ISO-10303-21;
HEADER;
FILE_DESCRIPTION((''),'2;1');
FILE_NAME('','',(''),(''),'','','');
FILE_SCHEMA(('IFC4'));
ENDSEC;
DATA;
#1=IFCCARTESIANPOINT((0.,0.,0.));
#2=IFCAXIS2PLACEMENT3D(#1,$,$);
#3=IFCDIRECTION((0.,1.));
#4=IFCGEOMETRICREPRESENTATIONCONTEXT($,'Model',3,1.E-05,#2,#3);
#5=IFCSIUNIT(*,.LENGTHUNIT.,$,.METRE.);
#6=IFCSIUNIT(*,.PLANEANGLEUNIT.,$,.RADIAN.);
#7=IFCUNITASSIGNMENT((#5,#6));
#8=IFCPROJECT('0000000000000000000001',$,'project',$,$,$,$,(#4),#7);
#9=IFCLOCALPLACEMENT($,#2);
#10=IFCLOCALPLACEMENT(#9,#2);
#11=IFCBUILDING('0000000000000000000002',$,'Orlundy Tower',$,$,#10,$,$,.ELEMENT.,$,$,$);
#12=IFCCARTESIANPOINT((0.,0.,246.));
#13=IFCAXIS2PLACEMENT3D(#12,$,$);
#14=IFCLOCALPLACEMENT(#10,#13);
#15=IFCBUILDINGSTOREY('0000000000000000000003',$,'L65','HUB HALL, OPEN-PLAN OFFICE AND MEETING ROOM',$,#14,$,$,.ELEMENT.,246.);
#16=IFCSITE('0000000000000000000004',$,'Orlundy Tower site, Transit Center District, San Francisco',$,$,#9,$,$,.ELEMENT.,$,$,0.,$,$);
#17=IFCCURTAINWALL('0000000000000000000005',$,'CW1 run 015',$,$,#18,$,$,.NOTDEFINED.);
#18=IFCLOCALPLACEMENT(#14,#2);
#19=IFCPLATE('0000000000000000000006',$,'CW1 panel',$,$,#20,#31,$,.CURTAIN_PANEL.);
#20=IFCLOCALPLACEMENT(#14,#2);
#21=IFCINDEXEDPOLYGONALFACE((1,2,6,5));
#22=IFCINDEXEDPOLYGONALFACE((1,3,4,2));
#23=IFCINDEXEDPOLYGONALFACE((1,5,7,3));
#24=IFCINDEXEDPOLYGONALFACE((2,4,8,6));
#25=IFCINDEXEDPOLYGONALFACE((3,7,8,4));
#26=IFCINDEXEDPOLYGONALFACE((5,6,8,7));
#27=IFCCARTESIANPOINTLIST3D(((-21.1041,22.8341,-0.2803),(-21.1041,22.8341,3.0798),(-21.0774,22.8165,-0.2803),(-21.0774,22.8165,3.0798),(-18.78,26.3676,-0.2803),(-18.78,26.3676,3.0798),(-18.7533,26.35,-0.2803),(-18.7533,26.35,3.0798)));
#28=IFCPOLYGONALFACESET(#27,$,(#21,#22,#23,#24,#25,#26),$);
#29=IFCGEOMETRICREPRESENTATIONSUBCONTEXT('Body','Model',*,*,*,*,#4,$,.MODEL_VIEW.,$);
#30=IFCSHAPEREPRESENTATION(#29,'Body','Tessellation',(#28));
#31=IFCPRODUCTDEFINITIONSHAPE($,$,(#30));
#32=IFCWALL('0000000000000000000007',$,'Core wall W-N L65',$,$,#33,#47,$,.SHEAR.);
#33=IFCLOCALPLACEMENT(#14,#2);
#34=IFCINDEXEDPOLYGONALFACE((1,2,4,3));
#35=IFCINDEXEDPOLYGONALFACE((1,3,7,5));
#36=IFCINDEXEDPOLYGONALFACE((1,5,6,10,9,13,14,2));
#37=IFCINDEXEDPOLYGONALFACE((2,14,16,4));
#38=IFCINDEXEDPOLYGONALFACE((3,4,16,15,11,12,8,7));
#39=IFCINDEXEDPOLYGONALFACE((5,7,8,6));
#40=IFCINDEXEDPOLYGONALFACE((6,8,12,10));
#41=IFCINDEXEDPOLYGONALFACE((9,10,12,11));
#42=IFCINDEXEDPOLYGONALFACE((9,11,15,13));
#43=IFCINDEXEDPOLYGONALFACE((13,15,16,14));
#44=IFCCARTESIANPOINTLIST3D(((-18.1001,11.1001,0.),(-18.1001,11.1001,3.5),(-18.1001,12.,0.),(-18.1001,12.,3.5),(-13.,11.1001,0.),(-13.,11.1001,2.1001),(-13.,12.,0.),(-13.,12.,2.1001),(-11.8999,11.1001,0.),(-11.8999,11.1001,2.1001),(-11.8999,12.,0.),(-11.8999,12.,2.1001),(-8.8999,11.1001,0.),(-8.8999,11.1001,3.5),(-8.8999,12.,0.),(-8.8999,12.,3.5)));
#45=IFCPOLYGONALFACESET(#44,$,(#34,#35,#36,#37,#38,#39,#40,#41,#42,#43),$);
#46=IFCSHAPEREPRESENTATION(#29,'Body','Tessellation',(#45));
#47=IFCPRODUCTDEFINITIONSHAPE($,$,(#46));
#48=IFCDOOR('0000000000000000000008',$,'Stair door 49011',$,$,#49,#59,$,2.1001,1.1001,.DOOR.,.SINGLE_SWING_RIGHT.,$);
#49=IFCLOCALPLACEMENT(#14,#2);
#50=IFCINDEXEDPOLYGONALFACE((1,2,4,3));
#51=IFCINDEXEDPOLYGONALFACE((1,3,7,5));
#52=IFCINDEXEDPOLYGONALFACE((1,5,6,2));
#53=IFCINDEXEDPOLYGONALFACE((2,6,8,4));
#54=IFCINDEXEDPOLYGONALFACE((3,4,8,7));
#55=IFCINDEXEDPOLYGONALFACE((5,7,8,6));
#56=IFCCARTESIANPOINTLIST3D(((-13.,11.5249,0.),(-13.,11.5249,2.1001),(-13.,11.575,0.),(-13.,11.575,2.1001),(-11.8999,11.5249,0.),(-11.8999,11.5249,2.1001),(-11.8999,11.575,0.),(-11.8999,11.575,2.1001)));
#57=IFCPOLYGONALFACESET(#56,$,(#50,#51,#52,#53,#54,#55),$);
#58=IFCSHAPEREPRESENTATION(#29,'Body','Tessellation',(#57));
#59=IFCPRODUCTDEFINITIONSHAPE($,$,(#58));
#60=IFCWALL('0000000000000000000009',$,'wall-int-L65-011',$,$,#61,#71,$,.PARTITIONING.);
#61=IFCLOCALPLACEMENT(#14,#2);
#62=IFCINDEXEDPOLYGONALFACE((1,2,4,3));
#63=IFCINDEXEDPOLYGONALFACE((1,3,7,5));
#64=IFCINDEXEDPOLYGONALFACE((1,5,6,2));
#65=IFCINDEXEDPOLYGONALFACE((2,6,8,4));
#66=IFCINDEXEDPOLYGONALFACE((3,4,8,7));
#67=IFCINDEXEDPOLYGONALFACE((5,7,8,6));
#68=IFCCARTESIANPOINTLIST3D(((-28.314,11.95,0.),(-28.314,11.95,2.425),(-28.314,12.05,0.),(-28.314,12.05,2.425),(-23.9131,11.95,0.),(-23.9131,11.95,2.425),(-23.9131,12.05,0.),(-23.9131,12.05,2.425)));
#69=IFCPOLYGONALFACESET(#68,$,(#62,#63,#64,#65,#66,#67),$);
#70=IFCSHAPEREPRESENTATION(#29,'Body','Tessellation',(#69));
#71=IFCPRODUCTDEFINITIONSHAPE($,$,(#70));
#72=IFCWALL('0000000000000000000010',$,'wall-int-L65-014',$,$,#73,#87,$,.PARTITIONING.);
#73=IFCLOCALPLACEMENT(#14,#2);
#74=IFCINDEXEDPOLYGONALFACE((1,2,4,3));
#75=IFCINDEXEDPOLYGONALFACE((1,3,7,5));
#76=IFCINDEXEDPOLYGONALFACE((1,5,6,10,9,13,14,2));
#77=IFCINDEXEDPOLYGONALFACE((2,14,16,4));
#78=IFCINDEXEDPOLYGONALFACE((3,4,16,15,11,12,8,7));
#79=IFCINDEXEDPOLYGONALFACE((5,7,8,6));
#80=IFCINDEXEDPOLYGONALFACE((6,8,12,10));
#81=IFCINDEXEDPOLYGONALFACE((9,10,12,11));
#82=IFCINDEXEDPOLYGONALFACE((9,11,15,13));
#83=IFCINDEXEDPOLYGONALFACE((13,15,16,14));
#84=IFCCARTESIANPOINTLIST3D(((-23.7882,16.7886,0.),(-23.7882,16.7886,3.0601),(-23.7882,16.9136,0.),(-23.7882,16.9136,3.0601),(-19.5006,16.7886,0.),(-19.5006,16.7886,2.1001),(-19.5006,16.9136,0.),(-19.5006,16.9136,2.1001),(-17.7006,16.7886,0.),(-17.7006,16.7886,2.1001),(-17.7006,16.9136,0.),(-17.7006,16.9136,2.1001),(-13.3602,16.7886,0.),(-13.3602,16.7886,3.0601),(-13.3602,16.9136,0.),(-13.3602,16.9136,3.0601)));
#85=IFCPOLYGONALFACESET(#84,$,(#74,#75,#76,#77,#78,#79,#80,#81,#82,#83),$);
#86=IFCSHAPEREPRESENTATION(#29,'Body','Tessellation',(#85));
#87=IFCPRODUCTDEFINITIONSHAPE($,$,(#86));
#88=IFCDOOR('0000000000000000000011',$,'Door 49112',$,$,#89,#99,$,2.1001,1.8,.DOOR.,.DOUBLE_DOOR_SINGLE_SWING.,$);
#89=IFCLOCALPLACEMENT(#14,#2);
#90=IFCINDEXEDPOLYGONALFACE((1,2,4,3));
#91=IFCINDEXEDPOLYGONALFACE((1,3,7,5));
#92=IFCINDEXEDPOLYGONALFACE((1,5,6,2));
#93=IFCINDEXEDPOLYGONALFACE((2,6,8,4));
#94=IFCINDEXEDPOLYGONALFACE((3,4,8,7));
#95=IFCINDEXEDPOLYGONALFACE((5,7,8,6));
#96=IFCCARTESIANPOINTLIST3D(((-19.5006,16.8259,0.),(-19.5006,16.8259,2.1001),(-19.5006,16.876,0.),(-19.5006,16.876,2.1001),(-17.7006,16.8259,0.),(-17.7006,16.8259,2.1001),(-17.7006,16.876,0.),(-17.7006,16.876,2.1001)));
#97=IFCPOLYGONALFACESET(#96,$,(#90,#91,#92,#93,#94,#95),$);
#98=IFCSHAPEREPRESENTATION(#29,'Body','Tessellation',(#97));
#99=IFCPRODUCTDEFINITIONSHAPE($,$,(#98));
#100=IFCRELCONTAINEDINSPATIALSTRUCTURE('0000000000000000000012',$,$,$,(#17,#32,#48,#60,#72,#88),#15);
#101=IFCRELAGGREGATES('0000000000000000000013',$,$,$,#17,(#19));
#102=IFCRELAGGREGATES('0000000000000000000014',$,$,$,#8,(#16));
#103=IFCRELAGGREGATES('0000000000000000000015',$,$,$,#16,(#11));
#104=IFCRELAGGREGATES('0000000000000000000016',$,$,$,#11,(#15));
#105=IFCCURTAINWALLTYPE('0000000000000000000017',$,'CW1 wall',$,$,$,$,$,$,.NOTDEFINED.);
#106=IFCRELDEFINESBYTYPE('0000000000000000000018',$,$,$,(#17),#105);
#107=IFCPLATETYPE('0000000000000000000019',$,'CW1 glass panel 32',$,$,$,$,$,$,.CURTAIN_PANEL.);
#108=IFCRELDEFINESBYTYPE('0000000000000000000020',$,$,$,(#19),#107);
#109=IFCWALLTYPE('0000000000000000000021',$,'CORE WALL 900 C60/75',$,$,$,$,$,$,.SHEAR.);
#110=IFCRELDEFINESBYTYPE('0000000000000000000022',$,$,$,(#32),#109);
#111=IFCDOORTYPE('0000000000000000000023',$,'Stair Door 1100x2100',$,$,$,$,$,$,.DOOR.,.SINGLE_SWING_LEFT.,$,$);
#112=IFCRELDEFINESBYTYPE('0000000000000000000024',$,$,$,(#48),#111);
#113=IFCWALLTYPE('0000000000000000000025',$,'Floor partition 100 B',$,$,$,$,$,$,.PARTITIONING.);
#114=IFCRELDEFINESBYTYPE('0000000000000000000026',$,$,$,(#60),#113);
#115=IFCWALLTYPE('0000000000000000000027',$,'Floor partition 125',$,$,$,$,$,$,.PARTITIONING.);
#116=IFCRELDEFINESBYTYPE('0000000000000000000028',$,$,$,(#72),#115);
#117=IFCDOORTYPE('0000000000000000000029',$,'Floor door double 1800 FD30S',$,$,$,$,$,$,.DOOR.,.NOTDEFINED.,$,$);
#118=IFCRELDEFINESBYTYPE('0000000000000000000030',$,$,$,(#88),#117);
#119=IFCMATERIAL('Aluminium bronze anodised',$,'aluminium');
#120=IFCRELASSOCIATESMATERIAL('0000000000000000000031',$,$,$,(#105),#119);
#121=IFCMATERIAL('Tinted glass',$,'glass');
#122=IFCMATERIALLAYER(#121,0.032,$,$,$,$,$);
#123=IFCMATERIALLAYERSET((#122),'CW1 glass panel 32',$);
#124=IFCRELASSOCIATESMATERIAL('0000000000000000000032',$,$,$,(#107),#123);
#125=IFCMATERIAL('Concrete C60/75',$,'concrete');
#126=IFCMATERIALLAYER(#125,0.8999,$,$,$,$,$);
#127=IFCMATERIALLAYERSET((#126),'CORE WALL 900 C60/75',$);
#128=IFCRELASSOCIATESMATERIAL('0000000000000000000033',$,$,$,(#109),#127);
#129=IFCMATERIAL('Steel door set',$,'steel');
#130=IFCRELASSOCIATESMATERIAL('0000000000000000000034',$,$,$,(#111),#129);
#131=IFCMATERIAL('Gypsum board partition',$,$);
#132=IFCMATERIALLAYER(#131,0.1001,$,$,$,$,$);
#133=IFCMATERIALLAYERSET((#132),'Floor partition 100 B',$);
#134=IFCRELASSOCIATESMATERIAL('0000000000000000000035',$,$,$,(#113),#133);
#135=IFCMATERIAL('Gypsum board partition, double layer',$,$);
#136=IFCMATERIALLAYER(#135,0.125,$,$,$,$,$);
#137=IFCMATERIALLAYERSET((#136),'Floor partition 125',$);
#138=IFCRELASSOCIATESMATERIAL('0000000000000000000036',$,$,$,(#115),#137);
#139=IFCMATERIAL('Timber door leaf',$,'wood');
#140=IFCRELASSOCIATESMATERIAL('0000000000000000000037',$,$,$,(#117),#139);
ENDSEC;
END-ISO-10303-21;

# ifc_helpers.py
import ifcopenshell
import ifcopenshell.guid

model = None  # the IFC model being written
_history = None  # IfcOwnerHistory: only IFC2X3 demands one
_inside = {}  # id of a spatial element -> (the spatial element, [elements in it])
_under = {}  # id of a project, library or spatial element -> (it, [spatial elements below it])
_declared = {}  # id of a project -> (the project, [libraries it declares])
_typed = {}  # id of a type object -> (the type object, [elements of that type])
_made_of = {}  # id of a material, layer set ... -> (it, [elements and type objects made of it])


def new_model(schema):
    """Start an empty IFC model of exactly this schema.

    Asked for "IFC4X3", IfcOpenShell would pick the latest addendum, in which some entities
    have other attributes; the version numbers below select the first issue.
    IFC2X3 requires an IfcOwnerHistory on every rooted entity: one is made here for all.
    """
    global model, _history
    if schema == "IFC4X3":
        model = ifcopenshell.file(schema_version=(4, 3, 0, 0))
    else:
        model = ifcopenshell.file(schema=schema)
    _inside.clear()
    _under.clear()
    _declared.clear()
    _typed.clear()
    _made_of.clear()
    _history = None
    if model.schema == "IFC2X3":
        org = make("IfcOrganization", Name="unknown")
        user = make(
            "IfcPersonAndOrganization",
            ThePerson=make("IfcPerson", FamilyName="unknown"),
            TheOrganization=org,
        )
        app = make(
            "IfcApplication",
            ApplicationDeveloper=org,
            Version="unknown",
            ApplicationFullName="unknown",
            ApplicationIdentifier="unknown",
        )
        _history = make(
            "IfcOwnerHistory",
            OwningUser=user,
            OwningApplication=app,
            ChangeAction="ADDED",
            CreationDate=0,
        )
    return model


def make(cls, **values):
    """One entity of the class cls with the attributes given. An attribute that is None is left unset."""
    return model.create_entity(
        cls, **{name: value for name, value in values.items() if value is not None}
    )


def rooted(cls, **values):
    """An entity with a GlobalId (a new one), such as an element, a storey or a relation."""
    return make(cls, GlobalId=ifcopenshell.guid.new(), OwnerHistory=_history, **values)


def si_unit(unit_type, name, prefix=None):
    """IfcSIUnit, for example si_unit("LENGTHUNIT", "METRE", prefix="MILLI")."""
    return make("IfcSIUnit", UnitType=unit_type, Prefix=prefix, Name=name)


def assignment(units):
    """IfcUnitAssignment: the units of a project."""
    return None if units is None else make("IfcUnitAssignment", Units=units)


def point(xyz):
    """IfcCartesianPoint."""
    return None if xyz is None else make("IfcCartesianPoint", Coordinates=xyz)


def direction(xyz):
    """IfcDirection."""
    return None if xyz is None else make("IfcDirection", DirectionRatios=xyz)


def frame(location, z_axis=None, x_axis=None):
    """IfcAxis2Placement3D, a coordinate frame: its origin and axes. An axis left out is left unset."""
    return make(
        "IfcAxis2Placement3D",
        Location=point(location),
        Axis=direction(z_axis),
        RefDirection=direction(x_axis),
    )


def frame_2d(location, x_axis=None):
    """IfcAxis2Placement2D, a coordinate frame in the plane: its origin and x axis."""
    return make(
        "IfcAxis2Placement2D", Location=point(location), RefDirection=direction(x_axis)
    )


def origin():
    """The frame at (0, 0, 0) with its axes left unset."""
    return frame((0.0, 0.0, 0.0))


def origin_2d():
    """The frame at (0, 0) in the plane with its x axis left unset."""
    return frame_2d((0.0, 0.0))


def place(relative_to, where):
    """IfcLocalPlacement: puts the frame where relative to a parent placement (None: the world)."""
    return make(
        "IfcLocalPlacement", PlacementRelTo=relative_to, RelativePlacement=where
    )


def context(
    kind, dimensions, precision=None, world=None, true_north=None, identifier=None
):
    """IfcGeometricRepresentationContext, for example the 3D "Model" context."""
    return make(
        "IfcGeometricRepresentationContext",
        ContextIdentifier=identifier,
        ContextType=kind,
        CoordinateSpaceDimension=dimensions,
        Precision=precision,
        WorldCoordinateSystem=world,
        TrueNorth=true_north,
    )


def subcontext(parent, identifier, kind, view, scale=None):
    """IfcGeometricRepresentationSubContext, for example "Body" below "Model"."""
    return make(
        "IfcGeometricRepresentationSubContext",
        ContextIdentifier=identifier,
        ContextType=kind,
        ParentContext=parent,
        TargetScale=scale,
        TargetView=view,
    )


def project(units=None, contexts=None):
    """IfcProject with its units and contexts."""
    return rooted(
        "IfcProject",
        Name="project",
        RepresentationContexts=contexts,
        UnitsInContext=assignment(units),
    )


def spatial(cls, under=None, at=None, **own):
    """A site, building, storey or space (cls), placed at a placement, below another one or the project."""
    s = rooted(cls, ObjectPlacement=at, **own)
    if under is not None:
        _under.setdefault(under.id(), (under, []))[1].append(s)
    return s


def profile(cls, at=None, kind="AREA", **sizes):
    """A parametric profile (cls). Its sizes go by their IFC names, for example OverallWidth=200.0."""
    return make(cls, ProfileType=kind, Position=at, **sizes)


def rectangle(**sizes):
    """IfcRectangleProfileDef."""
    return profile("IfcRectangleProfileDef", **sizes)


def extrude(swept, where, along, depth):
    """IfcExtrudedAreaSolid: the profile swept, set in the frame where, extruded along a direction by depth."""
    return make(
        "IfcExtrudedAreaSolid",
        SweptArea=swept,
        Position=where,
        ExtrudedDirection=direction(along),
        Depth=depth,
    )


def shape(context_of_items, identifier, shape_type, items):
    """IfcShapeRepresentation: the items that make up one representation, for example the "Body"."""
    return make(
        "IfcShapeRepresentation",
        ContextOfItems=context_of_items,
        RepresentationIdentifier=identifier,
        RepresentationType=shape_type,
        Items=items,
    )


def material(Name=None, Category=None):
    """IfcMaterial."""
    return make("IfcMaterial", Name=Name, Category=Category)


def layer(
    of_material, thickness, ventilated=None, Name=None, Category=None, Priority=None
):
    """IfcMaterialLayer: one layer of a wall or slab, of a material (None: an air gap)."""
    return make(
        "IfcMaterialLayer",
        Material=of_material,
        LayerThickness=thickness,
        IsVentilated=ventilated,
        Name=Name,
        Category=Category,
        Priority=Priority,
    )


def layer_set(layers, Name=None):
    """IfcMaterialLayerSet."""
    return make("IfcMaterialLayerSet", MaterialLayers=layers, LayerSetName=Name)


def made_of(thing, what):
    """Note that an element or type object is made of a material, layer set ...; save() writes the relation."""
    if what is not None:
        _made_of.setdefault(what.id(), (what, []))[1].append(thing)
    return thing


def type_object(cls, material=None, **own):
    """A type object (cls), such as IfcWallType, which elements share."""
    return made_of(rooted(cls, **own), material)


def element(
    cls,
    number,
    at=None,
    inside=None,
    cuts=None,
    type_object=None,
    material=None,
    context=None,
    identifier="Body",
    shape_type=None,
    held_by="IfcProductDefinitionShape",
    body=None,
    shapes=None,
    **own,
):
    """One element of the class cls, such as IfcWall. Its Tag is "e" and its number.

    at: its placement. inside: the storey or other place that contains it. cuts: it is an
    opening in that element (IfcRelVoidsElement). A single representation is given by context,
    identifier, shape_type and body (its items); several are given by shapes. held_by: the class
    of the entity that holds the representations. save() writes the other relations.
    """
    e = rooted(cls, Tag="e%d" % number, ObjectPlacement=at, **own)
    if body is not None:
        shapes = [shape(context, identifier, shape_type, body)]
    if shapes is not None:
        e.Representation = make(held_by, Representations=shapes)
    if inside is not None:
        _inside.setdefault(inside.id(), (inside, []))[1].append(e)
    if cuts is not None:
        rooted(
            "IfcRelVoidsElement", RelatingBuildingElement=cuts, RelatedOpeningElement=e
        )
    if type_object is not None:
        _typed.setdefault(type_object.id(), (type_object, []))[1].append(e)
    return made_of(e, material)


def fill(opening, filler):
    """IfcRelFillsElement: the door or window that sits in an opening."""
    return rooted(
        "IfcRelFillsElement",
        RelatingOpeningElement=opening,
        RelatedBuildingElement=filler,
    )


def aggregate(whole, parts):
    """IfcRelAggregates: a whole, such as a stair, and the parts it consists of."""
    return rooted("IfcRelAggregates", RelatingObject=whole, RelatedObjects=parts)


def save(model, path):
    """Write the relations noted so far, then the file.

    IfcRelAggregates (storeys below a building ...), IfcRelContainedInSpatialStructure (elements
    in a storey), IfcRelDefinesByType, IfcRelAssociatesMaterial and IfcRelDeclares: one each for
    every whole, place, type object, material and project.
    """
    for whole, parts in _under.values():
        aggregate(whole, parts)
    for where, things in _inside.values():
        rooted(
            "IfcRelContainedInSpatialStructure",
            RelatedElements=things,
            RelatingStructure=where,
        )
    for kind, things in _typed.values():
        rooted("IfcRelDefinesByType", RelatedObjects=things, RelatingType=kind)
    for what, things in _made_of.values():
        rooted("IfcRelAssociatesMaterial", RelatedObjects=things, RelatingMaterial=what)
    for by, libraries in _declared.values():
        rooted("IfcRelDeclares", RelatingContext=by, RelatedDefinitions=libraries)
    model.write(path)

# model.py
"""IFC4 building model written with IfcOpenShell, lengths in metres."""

from ifc_helpers import new_model, si_unit, direction, frame, frame_2d, origin, origin_2d, place, context, subcontext, project, spatial, rectangle, extrude, material, layer, layer_set, type_object, element, fill, aggregate, save


model = new_model("IFC4")

# Units and contexts
model_context = context("Model", 3, precision=1e-05, world=origin(), true_north=direction((0.0, 1.0)))
body_context = subcontext(model_context, "Body", "Model", "MODEL_VIEW")
ifc_project = project(units=[si_unit("LENGTHUNIT", "METRE"), si_unit("PLANEANGLEUNIT", "RADIAN")], contexts=[model_context])

# Site, building, storey
site_placement = place(None, origin())
site = spatial("IfcSite", under=ifc_project, at=site_placement, Name="Orlundy Tower site, Transit Center District, San Francisco", CompositionType="ELEMENT", RefElevation=0.0)
building_placement = place(site_placement, origin())
building = spatial("IfcBuilding", under=site, at=building_placement, Name="Orlundy Tower", CompositionType="ELEMENT")
storey_placement = place(building_placement, frame((0.0, 0.0, 246.0)))
storey = spatial("IfcBuildingStorey", under=building, at=storey_placement, Name="L65", Description="HUB HALL, OPEN-PLAN OFFICE AND MEETING ROOM", CompositionType="ELEMENT", Elevation=246.0)

# Shared definitions
ifc_material_1 = material(Name="Aluminium bronze anodised", Category="aluminium")
curtain_wall_type = type_object("IfcCurtainWallType", Name="CW1 wall", PredefinedType="NOTDEFINED", material=ifc_material_1)

# Curtain wall
curtain_wall_1_placement = place(storey_placement, origin())
curtain_wall_1 = element("IfcCurtainWall", 1, at=curtain_wall_1_placement, inside=storey, type_object=curtain_wall_type, Name="CW1 run 015", PredefinedType="NOTDEFINED")

# Plate
ifc_material_2 = material(Name="Tinted glass", Category="glass")
ifc_layer_1 = layer(ifc_material_2, 0.032)
ifc_layer_set_1 = layer_set([ifc_layer_1], Name="CW1 glass panel 32")
plate_type = type_object("IfcPlateType", Name="CW1 glass panel 32", PredefinedType="CURTAIN_PANEL", material=ifc_layer_set_1)
plate_1_placement = place(storey_placement, frame((-19.9287, 24.592, -0.2803), z_axis=(0.0, 0.0, 1.0), x_axis=(0.549517, 0.835482, 0.0)))
plate_1 = element("IfcPlate", 2, at=plate_1_placement, type_object=plate_type, Name="CW1 panel", PredefinedType="CURTAIN_PANEL", context=body_context, shape_type="SweptSolid", body=[
    extrude(rectangle(XDim=4.2292, YDim=0.032, at=origin_2d()), origin(), (0.0, 0.0, 1.0), 3.3601),
])
aggregate(curtain_wall_1, [plate_1])

# Wall, opening, door
ifc_material_3 = material(Name="Concrete C60/75", Category="concrete")
ifc_layer_2 = layer(ifc_material_3, 0.8999)
ifc_layer_set_2 = layer_set([ifc_layer_2], Name="CORE WALL 900 C60/75")
wall_type_1 = type_object("IfcWallType", Name="CORE WALL 900 C60/75", PredefinedType="SHEAR", material=ifc_layer_set_2)
wall_1_placement = place(storey_placement, frame((-18.1001, 11.55, 0.0), z_axis=(0.0, 0.0, 1.0), x_axis=(1.0, 0.0, 0.0)))
wall_1 = element("IfcWall", 3, at=wall_1_placement, inside=storey, type_object=wall_type_1, Name="Core wall W-N L65", PredefinedType="SHEAR", context=body_context, shape_type="SweptSolid", body=[
    extrude(rectangle(XDim=9.2002, YDim=0.8999, at=frame_2d((4.6001, 0.0))), origin(), (0.0, 0.0, 1.0), 3.5),
])
opening_1_placement = place(wall_1_placement, frame((5.1001, 0.0, 0.0)))
opening_1 = element("IfcOpeningElement", 4, at=opening_1_placement, cuts=wall_1, PredefinedType="OPENING", context=body_context, shape_type="SweptSolid", body=[
    extrude(rectangle(XDim=1.1001, YDim=2.1001, at=frame_2d((0.55, 1.05))), frame((0.0, 0.46, 0.0), z_axis=(0.0, -1.0, 0.0), x_axis=(1.0, 0.0, 0.0)), (0.0, 0.0, 1.0), 0.9199),
])
ifc_material_4 = material(Name="Steel door set", Category="steel")
door_type_1 = type_object("IfcDoorType", Name="Stair Door 1100x2100", OperationType="SINGLE_SWING_LEFT", PredefinedType="DOOR", material=ifc_material_4)
door_1_placement = place(opening_1_placement, origin())
door_1 = element("IfcDoor", 5, at=door_1_placement, inside=storey, type_object=door_type_1, Name="Stair door 49011", OperationType="SINGLE_SWING_RIGHT", OverallHeight=2.1001, OverallWidth=1.1001, PredefinedType="DOOR", context=body_context, shape_type="SweptSolid", body=[
    extrude(rectangle(XDim=1.1001, YDim=2.1001, at=frame_2d((0.55, 1.05))), frame((0.0, 0.0249, 0.0), z_axis=(0.0, -1.0, 0.0), x_axis=(1.0, 0.0, 0.0)), (0.0, 0.0, 1.0), 0.05),
])
fill(opening_1, door_1)

# Wall
ifc_material_5 = material(Name="Gypsum board partition")
ifc_layer_3 = layer(ifc_material_5, 0.1001)
ifc_layer_set_3 = layer_set([ifc_layer_3], Name="Floor partition 100 B")
wall_type_2 = type_object("IfcWallType", Name="Floor partition 100 B", PredefinedType="PARTITIONING", material=ifc_layer_set_3)
wall_2_placement = place(storey_placement, frame((-28.314, 12.0, 0.0), z_axis=(0.0, 0.0, 1.0), x_axis=(1.0, 0.0, 0.0)))
element("IfcWall", 6, at=wall_2_placement, inside=storey, type_object=wall_type_2, Name="wall-int-L65-011", PredefinedType="PARTITIONING", context=body_context, shape_type="SweptSolid", body=[
    extrude(rectangle(XDim=4.4009, YDim=0.1001, at=frame_2d((2.2004, 0.0))), origin(), (0.0, 0.0, 1.0), 2.425),
])

# Wall, opening, door
ifc_material_6 = material(Name="Gypsum board partition, double layer")
ifc_layer_4 = layer(ifc_material_6, 0.125)
ifc_layer_set_4 = layer_set([ifc_layer_4], Name="Floor partition 125")
wall_type_3 = type_object("IfcWallType", Name="Floor partition 125", PredefinedType="PARTITIONING", material=ifc_layer_set_4)
wall_3_placement = place(storey_placement, frame((-23.7881, 16.8511, 0.0), z_axis=(0.0, 0.0, 1.0), x_axis=(1.0, 0.0, 0.0)))
wall_3 = element("IfcWall", 7, at=wall_3_placement, inside=storey, type_object=wall_type_3, Name="wall-int-L65-014", PredefinedType="PARTITIONING", context=body_context, shape_type="SweptSolid", body=[
    extrude(rectangle(XDim=10.428, YDim=0.125, at=frame_2d((5.2139, 0.0))), origin(), (0.0, 0.0, 1.0), 3.0601),
])
opening_2_placement = place(wall_3_placement, frame((4.2876, 0.0, 0.0)))
opening_2 = element("IfcOpeningElement", 8, at=opening_2_placement, cuts=wall_3, PredefinedType="OPENING", context=body_context, shape_type="SweptSolid", body=[
    extrude(rectangle(XDim=1.8, YDim=2.1001, at=frame_2d((0.8999, 1.05))), frame((0.0, 0.0725, 0.0), z_axis=(0.0, -1.0, 0.0), x_axis=(1.0, 0.0, 0.0)), (0.0, 0.0, 1.0), 0.145),
])
ifc_material_7 = material(Name="Timber door leaf", Category="wood")
door_type_2 = type_object("IfcDoorType", Name="Floor door double 1800 FD30S", OperationType="NOTDEFINED", PredefinedType="DOOR", material=ifc_material_7)
door_2_placement = place(opening_2_placement, origin())
door_2 = element("IfcDoor", 9, at=door_2_placement, inside=storey, type_object=door_type_2, Name="Door 49112", OperationType="DOUBLE_DOOR_SINGLE_SWING", OverallHeight=2.1001, OverallWidth=1.8, PredefinedType="DOOR", context=body_context, shape_type="SweptSolid", body=[
    extrude(rectangle(XDim=1.8, YDim=2.1001, at=frame_2d((0.8999, 1.05))), frame((0.0, 0.0249, 0.0), z_axis=(0.0, -1.0, 0.0), x_axis=(1.0, 0.0, 0.0)), (0.0, 0.0, 1.0), 0.05),
])
fill(opening_2, door_2)

save(model, "model.ifc")
